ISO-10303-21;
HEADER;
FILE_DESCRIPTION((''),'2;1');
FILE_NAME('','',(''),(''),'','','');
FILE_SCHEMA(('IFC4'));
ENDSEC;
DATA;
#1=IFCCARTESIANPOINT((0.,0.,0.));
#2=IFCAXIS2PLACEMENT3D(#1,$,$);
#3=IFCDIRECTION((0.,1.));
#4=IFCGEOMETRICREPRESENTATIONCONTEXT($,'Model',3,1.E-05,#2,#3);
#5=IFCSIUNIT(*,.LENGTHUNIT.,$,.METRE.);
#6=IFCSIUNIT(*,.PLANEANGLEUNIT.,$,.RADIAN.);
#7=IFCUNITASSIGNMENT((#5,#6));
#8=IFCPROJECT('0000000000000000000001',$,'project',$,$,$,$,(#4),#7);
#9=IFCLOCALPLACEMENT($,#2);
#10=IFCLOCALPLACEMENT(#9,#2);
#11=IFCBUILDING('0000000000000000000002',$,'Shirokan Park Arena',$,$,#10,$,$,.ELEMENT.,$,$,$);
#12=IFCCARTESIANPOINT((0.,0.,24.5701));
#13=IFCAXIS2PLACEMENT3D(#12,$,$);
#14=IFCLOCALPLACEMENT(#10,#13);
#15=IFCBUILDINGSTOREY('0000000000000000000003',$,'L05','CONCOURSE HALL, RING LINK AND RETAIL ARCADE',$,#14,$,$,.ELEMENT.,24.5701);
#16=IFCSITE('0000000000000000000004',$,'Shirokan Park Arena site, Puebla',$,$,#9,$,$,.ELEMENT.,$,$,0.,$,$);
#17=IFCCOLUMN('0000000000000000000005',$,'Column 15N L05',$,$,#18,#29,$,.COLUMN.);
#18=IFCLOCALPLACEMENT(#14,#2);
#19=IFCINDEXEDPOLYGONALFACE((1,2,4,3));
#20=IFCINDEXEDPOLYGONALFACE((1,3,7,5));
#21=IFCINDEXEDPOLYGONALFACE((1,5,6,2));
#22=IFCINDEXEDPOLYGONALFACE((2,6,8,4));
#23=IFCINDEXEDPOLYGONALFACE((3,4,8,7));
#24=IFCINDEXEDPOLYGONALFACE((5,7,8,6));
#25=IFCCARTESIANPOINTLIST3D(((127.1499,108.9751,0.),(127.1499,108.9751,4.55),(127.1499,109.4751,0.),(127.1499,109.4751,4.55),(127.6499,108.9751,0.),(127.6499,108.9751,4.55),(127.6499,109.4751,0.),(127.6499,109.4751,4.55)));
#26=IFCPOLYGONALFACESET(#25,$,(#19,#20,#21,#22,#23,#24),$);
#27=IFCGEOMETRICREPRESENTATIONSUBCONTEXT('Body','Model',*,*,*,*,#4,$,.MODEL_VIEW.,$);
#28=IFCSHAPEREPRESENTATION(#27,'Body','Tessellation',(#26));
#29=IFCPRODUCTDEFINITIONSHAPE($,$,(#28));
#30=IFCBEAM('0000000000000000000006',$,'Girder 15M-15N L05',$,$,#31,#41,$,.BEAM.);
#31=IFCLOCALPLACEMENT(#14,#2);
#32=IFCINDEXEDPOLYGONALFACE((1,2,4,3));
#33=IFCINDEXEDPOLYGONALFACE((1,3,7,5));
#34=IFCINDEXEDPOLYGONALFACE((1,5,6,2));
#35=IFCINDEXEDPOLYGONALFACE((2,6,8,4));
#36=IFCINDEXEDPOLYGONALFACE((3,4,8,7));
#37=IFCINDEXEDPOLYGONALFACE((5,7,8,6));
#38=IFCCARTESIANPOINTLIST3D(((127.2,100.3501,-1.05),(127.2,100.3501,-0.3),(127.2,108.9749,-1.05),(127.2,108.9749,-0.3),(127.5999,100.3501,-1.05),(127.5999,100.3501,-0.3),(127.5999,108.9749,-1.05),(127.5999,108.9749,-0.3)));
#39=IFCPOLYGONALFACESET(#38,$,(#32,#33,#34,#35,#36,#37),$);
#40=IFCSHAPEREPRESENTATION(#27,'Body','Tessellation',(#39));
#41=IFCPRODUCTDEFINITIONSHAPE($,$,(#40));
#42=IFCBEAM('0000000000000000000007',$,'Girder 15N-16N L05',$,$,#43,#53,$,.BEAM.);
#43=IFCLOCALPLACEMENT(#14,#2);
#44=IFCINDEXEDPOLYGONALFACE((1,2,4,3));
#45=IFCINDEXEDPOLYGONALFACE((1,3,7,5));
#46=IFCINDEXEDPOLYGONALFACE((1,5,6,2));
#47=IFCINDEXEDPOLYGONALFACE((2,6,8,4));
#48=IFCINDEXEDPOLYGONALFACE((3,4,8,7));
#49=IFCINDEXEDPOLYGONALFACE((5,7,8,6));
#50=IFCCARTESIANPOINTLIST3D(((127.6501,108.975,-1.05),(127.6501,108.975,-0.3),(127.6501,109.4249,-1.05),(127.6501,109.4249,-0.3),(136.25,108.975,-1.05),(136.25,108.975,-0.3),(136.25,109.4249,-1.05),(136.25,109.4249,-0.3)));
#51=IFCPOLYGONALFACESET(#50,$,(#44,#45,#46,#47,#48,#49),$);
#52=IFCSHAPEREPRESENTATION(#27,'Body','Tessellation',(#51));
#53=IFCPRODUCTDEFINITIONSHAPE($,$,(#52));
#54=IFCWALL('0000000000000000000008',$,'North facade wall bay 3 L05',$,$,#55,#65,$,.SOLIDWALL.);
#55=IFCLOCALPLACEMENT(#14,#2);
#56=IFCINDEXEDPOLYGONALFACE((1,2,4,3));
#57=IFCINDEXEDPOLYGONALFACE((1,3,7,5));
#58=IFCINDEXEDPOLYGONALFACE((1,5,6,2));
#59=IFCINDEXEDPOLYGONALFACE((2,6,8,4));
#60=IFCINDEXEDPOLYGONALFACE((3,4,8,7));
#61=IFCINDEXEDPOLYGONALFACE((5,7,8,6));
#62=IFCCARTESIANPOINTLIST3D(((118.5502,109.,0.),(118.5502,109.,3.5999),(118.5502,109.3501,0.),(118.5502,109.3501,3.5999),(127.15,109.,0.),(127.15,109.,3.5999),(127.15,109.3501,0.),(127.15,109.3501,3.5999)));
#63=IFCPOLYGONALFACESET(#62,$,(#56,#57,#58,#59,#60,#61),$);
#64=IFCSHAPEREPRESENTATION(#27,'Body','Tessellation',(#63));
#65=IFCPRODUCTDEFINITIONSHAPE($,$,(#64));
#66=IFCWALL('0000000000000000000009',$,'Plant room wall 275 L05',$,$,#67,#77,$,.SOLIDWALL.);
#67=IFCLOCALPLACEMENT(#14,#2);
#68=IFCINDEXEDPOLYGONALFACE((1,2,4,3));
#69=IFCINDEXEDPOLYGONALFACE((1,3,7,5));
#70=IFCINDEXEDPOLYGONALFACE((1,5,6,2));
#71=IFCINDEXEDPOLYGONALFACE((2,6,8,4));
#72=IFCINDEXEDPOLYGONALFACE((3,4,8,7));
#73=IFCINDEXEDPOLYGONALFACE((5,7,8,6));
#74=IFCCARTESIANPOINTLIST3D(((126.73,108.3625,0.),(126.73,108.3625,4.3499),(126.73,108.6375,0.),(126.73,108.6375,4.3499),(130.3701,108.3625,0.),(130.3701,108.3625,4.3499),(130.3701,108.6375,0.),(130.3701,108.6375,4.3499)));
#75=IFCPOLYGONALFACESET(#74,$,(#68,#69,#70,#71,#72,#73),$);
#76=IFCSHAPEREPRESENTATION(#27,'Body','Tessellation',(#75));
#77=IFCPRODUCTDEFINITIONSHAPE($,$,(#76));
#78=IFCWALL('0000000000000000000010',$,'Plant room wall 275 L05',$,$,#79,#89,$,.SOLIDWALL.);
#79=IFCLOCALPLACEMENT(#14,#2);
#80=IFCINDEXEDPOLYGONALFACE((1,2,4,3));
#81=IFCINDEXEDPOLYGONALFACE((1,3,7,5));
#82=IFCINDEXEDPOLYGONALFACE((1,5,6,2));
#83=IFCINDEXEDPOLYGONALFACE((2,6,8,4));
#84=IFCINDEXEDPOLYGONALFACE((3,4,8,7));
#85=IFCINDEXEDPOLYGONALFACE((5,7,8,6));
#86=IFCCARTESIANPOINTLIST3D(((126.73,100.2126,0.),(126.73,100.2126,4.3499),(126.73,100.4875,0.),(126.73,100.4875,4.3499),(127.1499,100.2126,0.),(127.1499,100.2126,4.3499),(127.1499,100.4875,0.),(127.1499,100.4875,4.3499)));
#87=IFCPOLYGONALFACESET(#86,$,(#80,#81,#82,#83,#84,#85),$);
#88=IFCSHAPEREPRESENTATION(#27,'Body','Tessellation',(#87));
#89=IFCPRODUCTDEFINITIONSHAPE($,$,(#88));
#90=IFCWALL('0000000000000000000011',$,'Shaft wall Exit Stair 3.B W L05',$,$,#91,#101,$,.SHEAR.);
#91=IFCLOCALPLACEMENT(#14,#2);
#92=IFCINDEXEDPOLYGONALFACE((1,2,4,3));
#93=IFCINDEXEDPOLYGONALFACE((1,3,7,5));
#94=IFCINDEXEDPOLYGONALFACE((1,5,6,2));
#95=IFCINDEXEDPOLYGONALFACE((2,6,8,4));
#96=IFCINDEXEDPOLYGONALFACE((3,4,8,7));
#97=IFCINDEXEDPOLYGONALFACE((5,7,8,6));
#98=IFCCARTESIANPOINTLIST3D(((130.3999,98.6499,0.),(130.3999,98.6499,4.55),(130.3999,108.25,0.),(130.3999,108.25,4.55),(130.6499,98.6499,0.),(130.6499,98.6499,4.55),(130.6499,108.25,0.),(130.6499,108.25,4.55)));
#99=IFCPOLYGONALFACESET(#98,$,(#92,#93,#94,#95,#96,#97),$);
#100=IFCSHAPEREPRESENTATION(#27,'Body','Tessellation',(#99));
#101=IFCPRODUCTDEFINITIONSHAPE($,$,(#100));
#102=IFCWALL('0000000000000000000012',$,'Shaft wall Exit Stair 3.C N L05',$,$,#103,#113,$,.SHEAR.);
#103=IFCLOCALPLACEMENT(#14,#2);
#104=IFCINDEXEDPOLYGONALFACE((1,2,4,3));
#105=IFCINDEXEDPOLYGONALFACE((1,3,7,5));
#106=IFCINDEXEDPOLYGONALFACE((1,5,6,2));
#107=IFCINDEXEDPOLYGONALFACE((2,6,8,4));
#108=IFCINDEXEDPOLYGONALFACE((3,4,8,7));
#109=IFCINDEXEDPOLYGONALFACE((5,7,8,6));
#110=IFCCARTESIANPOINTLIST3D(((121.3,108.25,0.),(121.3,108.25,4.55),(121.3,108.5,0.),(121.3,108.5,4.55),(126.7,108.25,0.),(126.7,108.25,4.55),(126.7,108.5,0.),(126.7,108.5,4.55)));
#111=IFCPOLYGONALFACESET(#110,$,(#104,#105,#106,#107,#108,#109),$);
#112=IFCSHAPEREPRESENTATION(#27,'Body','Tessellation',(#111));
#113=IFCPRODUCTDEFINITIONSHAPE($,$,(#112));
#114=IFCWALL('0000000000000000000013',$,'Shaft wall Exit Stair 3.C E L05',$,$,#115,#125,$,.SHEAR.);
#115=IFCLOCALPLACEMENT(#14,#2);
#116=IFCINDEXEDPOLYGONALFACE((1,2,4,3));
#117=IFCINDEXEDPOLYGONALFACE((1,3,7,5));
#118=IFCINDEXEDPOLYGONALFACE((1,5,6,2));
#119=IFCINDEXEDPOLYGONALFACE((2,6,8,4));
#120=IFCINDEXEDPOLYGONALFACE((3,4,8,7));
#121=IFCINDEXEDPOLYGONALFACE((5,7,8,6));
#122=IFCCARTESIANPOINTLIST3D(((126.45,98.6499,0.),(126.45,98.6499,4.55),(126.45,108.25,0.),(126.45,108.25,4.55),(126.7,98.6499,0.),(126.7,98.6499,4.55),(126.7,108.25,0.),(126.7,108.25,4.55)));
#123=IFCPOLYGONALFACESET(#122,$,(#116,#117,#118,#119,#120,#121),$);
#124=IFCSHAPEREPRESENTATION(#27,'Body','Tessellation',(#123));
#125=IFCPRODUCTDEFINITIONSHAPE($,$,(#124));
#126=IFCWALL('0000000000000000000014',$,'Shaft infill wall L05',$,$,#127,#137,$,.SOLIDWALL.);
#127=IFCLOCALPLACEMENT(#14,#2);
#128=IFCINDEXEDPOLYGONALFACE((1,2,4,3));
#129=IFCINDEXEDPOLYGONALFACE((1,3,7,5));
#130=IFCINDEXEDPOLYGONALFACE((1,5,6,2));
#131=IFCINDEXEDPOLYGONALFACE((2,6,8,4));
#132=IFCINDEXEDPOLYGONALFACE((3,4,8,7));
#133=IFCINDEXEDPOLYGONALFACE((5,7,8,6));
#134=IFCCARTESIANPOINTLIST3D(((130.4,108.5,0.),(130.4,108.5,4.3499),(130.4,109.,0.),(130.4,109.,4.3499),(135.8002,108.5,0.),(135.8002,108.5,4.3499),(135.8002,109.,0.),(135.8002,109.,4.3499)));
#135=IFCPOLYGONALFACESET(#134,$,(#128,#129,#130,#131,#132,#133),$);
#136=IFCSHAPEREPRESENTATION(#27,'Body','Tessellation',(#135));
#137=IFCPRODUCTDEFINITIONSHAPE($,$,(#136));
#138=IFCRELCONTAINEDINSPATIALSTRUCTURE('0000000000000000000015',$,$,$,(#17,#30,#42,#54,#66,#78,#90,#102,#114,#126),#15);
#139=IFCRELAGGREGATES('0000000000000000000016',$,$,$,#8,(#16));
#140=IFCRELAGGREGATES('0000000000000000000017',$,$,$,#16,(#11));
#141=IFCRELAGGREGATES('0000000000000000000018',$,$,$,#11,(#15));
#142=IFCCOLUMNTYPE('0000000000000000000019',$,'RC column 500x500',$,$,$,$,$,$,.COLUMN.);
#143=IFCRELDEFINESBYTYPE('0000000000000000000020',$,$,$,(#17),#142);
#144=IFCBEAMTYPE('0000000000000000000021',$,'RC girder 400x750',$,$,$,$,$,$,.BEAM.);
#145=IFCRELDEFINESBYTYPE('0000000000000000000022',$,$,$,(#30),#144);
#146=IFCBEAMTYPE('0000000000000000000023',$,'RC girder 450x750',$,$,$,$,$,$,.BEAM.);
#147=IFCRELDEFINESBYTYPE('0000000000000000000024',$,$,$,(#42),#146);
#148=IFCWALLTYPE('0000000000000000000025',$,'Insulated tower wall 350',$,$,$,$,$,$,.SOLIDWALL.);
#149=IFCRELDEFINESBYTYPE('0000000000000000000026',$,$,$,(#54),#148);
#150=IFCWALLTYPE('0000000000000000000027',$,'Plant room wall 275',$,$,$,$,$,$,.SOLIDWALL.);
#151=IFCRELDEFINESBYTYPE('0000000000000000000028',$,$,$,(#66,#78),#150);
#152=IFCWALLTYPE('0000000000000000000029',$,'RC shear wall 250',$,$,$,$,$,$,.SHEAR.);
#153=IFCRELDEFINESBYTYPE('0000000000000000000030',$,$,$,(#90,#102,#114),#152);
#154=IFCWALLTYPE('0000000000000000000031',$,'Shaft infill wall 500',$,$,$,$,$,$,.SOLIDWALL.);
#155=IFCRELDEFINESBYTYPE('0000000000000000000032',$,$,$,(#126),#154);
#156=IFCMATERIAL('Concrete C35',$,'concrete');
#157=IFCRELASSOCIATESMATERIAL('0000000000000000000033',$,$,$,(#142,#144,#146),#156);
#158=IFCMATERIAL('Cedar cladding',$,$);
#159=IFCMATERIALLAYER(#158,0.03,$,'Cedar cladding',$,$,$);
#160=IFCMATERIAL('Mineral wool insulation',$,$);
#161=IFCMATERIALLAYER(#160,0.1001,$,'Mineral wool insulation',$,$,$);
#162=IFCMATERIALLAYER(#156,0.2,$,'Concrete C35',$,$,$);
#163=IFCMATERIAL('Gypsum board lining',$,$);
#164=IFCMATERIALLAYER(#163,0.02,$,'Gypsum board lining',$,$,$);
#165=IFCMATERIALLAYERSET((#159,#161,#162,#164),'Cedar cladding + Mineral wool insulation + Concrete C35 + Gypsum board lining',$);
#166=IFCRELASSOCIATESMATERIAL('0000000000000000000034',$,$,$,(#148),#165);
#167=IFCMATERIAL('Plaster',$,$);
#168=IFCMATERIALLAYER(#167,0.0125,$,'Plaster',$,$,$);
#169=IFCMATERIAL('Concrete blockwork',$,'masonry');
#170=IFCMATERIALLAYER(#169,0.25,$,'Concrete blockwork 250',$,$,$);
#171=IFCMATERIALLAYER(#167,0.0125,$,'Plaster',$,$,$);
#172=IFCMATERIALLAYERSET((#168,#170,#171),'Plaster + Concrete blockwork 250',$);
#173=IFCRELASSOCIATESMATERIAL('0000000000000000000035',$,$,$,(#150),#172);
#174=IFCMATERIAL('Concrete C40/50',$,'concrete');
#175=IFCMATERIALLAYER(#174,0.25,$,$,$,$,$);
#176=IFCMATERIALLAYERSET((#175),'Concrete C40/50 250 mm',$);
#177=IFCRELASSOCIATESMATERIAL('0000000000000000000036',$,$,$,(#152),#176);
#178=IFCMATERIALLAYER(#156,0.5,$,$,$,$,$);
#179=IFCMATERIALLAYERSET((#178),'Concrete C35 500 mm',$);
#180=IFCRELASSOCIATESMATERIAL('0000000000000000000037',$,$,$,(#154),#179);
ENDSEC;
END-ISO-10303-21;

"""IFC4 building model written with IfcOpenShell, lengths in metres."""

from ifc_helpers import new_model, si_unit, direction, frame, frame_2d, origin, origin_2d, place, context, subcontext, project, spatial, rectangle, extrude, material, layer, layer_set, material_profile, profile_set, type_object, element, save


model = new_model("IFC4")

# Units and contexts
model_context = context("Model", 3, precision=1e-05, world=origin(), true_north=direction((0.0, 1.0)))
body_context = subcontext(model_context, "Body", "Model", "MODEL_VIEW")
ifc_project = project(units=[si_unit("LENGTHUNIT", "METRE"), si_unit("PLANEANGLEUNIT", "RADIAN")], contexts=[model_context])

# Site, building, storey
site_placement = place(None, origin())
site = spatial("IfcSite", under=ifc_project, at=site_placement, Name="Shirokan Park Arena site, Puebla", CompositionType="ELEMENT", RefElevation=0.0)
building_placement = place(site_placement, origin())
building = spatial("IfcBuilding", under=site, at=building_placement, Name="Shirokan Park Arena", CompositionType="ELEMENT")
storey_placement = place(building_placement, frame((0.0, 0.0, 24.5701)))
storey = spatial("IfcBuildingStorey", under=building, at=storey_placement, Name="L05", Description="CONCOURSE HALL, RING LINK AND RETAIL ARCADE", CompositionType="ELEMENT", Elevation=24.5701)

# Column
ifc_material_1 = material(Name="Concrete C35", Category="concrete")
ifc_material_profile_1 = material_profile(ifc_material_1, rectangle(XDim=0.5, YDim=0.5, at=origin_2d()), Name="500x500")
ifc_profile_set_1 = profile_set([ifc_material_profile_1], Name="Concrete C35")
column_type = type_object("IfcColumnType", Name="RC column 500x500", PredefinedType="COLUMN", material=ifc_profile_set_1)
column_placement = place(storey_placement, frame((127.3999, 109.2251, 0.0), z_axis=(0.0, 0.0, 1.0), x_axis=(1.0, 0.0, 0.0)))
element("IfcColumn", 1, at=column_placement, inside=storey, type_object=column_type, Name="Column 15N L05", PredefinedType="COLUMN", context=body_context, shape_type="SweptSolid", body=[
    extrude(rectangle(XDim=0.5, YDim=0.5, at=origin_2d()), origin(), (0.0, 0.0, 1.0), 4.55),
])

# Beams
ifc_material_profile_2 = material_profile(ifc_material_1, rectangle(XDim=0.3999, YDim=0.75, at=origin_2d()), Name="400x750")
ifc_profile_set_2 = profile_set([ifc_material_profile_2], Name="Concrete C35")
beam_type_1 = type_object("IfcBeamType", Name="RC girder 400x750", PredefinedType="BEAM", material=ifc_profile_set_2)
beam_1_placement = place(storey_placement, frame((127.3999, 100.3501, -0.675), z_axis=(0.0, 1.0, 0.0), x_axis=(-1.0, 0.0, 0.0)))
element("IfcBeam", 2, at=beam_1_placement, inside=storey, type_object=beam_type_1, Name="Girder 15M-15N L05", PredefinedType="BEAM", context=body_context, shape_type="SweptSolid", body=[
    extrude(rectangle(XDim=0.3999, YDim=0.75, at=origin_2d()), origin(), (0.0, 0.0, 1.0), 8.6248),
])
ifc_material_profile_3 = material_profile(ifc_material_1, rectangle(XDim=0.45, YDim=0.75, at=origin_2d()), Name="450x750")
ifc_profile_set_3 = profile_set([ifc_material_profile_3], Name="Concrete C35")
beam_type_2 = type_object("IfcBeamType", Name="RC girder 450x750", PredefinedType="BEAM", material=ifc_profile_set_3)
beam_2_placement = place(storey_placement, frame((127.6501, 109.2, -0.675), z_axis=(1.0, 0.0, 0.0), x_axis=(0.0, 1.0, 0.0)))
element("IfcBeam", 3, at=beam_2_placement, inside=storey, type_object=beam_type_2, Name="Girder 15N-16N L05", PredefinedType="BEAM", context=body_context, shape_type="SweptSolid", body=[
    extrude(rectangle(XDim=0.45, YDim=0.75, at=origin_2d()), origin(), (0.0, 0.0, 1.0), 8.5999),
])

# Walls
ifc_material_2 = material(Name="Cedar cladding")
ifc_layer_1 = layer(ifc_material_2, 0.03, Name="Cedar cladding")
ifc_material_3 = material(Name="Mineral wool insulation")
ifc_layer_2 = layer(ifc_material_3, 0.1001, Name="Mineral wool insulation")
ifc_layer_3 = layer(ifc_material_1, 0.2, Name="Concrete C35")
ifc_material_4 = material(Name="Gypsum board lining")
ifc_layer_4 = layer(ifc_material_4, 0.02, Name="Gypsum board lining")
ifc_layer_set_1 = layer_set([ifc_layer_1, ifc_layer_2, ifc_layer_3, ifc_layer_4], Name="Cedar cladding + Mineral wool insulation + Concrete C35 + Gypsum board lining")
wall_type_1 = type_object("IfcWallType", Name="Insulated tower wall 350", PredefinedType="SOLIDWALL", material=ifc_layer_set_1)
wall_1_placement = place(storey_placement, frame((127.1499, 109.175, 0.0), z_axis=(0.0, 0.0, 1.0), x_axis=(-1.0, 0.0, 0.0)))
element("IfcWall", 4, at=wall_1_placement, inside=storey, type_object=wall_type_1, Name="North facade wall bay 3 L05", PredefinedType="SOLIDWALL", context=body_context, shape_type="SweptSolid", body=[
    extrude(rectangle(XDim=8.5999, YDim=0.3501, at=frame_2d((4.2998, 0.0))), origin(), (0.0, 0.0, 1.0), 3.5999),
])
ifc_material_5 = material(Name="Plaster")
ifc_layer_5 = layer(ifc_material_5, 0.0125, Name="Plaster")
ifc_material_6 = material(Name="Concrete blockwork", Category="masonry")
ifc_layer_6 = layer(ifc_material_6, 0.25, Name="Concrete blockwork 250")
ifc_layer_7 = layer(ifc_material_5, 0.0125, Name="Plaster")
ifc_layer_set_2 = layer_set([ifc_layer_5, ifc_layer_6, ifc_layer_7], Name="Plaster + Concrete blockwork 250")
wall_type_2 = type_object("IfcWallType", Name="Plant room wall 275", PredefinedType="SOLIDWALL", material=ifc_layer_set_2)
wall_2_placement = place(storey_placement, frame((126.73, 108.5, 0.0), z_axis=(0.0, 0.0, 1.0), x_axis=(1.0, 0.0, 0.0)))
element("IfcWall", 5, at=wall_2_placement, inside=storey, type_object=wall_type_2, Name="Plant room wall 275 L05", PredefinedType="SOLIDWALL", context=body_context, shape_type="SweptSolid", body=[
    extrude(rectangle(XDim=3.6401, YDim=0.2749, at=frame_2d((1.8201, 0.0))), origin(), (0.0, 0.0, 1.0), 4.3499),
])
wall_3_placement = place(storey_placement, frame((127.1499, 100.3501, 0.0), z_axis=(0.0, 0.0, 1.0), x_axis=(-1.0, 0.0, 0.0)))
element("IfcWall", 6, at=wall_3_placement, inside=storey, type_object=wall_type_2, Name="Plant room wall 275 L05", PredefinedType="SOLIDWALL", context=body_context, shape_type="SweptSolid", body=[
    extrude(rectangle(XDim=0.4199, YDim=0.2749, at=frame_2d((0.21, 0.0))), origin(), (0.0, 0.0, 1.0), 4.3499),
])
ifc_material_7 = material(Name="Concrete C40/50", Category="concrete")
ifc_layer_8 = layer(ifc_material_7, 0.25)
ifc_layer_set_3 = layer_set([ifc_layer_8], Name="Concrete C40/50 250 mm")
wall_type_3 = type_object("IfcWallType", Name="RC shear wall 250", PredefinedType="SHEAR", material=ifc_layer_set_3)
wall_4_placement = place(storey_placement, frame((130.5249, 108.25, 0.0), z_axis=(0.0, 0.0, 1.0), x_axis=(0.0, -1.0, 0.0)))
element("IfcWall", 7, at=wall_4_placement, inside=storey, type_object=wall_type_3, Name="Shaft wall Exit Stair 3.B W L05", PredefinedType="SHEAR", context=body_context, shape_type="SweptSolid", body=[
    extrude(rectangle(XDim=9.6001, YDim=0.25, at=frame_2d((4.8, 0.0))), origin(), (0.0, 0.0, 1.0), 4.55),
])
wall_5_placement = place(storey_placement, frame((126.7, 108.375, 0.0), z_axis=(0.0, 0.0, 1.0), x_axis=(-1.0, 0.0, 0.0)))
element("IfcWall", 8, at=wall_5_placement, inside=storey, type_object=wall_type_3, Name="Shaft wall Exit Stair 3.C N L05", PredefinedType="SHEAR", context=body_context, shape_type="SweptSolid", body=[
    extrude(rectangle(XDim=5.3999, YDim=0.25, at=frame_2d((2.7, 0.0))), origin(), (0.0, 0.0, 1.0), 4.55),
])
wall_6_placement = place(storey_placement, frame((126.575, 108.25, 0.0), z_axis=(0.0, 0.0, 1.0), x_axis=(0.0, -1.0, 0.0)))
element("IfcWall", 9, at=wall_6_placement, inside=storey, type_object=wall_type_3, Name="Shaft wall Exit Stair 3.C E L05", PredefinedType="SHEAR", context=body_context, shape_type="SweptSolid", body=[
    extrude(rectangle(XDim=9.6001, YDim=0.25, at=frame_2d((4.8, 0.0))), origin(), (0.0, 0.0, 1.0), 4.55),
])
ifc_layer_9 = layer(ifc_material_1, 0.5)
ifc_layer_set_4 = layer_set([ifc_layer_9], Name="Concrete C35 500 mm")
wall_type_4 = type_object("IfcWallType", Name="Shaft infill wall 500", PredefinedType="SOLIDWALL", material=ifc_layer_set_4)
wall_7_placement = place(storey_placement, frame((130.3999, 108.75, 0.0), z_axis=(0.0, 0.0, 1.0), x_axis=(1.0, 0.0, 0.0)))
element("IfcWall", 10, at=wall_7_placement, inside=storey, type_object=wall_type_4, Name="Shaft infill wall L05", PredefinedType="SOLIDWALL", context=body_context, shape_type="SweptSolid", body=[
    extrude(rectangle(XDim=5.4001, YDim=0.5, at=frame_2d((2.7002, 0.0))), origin(), (0.0, 0.0, 1.0), 4.3499),
])

save(model, "model.ifc")
